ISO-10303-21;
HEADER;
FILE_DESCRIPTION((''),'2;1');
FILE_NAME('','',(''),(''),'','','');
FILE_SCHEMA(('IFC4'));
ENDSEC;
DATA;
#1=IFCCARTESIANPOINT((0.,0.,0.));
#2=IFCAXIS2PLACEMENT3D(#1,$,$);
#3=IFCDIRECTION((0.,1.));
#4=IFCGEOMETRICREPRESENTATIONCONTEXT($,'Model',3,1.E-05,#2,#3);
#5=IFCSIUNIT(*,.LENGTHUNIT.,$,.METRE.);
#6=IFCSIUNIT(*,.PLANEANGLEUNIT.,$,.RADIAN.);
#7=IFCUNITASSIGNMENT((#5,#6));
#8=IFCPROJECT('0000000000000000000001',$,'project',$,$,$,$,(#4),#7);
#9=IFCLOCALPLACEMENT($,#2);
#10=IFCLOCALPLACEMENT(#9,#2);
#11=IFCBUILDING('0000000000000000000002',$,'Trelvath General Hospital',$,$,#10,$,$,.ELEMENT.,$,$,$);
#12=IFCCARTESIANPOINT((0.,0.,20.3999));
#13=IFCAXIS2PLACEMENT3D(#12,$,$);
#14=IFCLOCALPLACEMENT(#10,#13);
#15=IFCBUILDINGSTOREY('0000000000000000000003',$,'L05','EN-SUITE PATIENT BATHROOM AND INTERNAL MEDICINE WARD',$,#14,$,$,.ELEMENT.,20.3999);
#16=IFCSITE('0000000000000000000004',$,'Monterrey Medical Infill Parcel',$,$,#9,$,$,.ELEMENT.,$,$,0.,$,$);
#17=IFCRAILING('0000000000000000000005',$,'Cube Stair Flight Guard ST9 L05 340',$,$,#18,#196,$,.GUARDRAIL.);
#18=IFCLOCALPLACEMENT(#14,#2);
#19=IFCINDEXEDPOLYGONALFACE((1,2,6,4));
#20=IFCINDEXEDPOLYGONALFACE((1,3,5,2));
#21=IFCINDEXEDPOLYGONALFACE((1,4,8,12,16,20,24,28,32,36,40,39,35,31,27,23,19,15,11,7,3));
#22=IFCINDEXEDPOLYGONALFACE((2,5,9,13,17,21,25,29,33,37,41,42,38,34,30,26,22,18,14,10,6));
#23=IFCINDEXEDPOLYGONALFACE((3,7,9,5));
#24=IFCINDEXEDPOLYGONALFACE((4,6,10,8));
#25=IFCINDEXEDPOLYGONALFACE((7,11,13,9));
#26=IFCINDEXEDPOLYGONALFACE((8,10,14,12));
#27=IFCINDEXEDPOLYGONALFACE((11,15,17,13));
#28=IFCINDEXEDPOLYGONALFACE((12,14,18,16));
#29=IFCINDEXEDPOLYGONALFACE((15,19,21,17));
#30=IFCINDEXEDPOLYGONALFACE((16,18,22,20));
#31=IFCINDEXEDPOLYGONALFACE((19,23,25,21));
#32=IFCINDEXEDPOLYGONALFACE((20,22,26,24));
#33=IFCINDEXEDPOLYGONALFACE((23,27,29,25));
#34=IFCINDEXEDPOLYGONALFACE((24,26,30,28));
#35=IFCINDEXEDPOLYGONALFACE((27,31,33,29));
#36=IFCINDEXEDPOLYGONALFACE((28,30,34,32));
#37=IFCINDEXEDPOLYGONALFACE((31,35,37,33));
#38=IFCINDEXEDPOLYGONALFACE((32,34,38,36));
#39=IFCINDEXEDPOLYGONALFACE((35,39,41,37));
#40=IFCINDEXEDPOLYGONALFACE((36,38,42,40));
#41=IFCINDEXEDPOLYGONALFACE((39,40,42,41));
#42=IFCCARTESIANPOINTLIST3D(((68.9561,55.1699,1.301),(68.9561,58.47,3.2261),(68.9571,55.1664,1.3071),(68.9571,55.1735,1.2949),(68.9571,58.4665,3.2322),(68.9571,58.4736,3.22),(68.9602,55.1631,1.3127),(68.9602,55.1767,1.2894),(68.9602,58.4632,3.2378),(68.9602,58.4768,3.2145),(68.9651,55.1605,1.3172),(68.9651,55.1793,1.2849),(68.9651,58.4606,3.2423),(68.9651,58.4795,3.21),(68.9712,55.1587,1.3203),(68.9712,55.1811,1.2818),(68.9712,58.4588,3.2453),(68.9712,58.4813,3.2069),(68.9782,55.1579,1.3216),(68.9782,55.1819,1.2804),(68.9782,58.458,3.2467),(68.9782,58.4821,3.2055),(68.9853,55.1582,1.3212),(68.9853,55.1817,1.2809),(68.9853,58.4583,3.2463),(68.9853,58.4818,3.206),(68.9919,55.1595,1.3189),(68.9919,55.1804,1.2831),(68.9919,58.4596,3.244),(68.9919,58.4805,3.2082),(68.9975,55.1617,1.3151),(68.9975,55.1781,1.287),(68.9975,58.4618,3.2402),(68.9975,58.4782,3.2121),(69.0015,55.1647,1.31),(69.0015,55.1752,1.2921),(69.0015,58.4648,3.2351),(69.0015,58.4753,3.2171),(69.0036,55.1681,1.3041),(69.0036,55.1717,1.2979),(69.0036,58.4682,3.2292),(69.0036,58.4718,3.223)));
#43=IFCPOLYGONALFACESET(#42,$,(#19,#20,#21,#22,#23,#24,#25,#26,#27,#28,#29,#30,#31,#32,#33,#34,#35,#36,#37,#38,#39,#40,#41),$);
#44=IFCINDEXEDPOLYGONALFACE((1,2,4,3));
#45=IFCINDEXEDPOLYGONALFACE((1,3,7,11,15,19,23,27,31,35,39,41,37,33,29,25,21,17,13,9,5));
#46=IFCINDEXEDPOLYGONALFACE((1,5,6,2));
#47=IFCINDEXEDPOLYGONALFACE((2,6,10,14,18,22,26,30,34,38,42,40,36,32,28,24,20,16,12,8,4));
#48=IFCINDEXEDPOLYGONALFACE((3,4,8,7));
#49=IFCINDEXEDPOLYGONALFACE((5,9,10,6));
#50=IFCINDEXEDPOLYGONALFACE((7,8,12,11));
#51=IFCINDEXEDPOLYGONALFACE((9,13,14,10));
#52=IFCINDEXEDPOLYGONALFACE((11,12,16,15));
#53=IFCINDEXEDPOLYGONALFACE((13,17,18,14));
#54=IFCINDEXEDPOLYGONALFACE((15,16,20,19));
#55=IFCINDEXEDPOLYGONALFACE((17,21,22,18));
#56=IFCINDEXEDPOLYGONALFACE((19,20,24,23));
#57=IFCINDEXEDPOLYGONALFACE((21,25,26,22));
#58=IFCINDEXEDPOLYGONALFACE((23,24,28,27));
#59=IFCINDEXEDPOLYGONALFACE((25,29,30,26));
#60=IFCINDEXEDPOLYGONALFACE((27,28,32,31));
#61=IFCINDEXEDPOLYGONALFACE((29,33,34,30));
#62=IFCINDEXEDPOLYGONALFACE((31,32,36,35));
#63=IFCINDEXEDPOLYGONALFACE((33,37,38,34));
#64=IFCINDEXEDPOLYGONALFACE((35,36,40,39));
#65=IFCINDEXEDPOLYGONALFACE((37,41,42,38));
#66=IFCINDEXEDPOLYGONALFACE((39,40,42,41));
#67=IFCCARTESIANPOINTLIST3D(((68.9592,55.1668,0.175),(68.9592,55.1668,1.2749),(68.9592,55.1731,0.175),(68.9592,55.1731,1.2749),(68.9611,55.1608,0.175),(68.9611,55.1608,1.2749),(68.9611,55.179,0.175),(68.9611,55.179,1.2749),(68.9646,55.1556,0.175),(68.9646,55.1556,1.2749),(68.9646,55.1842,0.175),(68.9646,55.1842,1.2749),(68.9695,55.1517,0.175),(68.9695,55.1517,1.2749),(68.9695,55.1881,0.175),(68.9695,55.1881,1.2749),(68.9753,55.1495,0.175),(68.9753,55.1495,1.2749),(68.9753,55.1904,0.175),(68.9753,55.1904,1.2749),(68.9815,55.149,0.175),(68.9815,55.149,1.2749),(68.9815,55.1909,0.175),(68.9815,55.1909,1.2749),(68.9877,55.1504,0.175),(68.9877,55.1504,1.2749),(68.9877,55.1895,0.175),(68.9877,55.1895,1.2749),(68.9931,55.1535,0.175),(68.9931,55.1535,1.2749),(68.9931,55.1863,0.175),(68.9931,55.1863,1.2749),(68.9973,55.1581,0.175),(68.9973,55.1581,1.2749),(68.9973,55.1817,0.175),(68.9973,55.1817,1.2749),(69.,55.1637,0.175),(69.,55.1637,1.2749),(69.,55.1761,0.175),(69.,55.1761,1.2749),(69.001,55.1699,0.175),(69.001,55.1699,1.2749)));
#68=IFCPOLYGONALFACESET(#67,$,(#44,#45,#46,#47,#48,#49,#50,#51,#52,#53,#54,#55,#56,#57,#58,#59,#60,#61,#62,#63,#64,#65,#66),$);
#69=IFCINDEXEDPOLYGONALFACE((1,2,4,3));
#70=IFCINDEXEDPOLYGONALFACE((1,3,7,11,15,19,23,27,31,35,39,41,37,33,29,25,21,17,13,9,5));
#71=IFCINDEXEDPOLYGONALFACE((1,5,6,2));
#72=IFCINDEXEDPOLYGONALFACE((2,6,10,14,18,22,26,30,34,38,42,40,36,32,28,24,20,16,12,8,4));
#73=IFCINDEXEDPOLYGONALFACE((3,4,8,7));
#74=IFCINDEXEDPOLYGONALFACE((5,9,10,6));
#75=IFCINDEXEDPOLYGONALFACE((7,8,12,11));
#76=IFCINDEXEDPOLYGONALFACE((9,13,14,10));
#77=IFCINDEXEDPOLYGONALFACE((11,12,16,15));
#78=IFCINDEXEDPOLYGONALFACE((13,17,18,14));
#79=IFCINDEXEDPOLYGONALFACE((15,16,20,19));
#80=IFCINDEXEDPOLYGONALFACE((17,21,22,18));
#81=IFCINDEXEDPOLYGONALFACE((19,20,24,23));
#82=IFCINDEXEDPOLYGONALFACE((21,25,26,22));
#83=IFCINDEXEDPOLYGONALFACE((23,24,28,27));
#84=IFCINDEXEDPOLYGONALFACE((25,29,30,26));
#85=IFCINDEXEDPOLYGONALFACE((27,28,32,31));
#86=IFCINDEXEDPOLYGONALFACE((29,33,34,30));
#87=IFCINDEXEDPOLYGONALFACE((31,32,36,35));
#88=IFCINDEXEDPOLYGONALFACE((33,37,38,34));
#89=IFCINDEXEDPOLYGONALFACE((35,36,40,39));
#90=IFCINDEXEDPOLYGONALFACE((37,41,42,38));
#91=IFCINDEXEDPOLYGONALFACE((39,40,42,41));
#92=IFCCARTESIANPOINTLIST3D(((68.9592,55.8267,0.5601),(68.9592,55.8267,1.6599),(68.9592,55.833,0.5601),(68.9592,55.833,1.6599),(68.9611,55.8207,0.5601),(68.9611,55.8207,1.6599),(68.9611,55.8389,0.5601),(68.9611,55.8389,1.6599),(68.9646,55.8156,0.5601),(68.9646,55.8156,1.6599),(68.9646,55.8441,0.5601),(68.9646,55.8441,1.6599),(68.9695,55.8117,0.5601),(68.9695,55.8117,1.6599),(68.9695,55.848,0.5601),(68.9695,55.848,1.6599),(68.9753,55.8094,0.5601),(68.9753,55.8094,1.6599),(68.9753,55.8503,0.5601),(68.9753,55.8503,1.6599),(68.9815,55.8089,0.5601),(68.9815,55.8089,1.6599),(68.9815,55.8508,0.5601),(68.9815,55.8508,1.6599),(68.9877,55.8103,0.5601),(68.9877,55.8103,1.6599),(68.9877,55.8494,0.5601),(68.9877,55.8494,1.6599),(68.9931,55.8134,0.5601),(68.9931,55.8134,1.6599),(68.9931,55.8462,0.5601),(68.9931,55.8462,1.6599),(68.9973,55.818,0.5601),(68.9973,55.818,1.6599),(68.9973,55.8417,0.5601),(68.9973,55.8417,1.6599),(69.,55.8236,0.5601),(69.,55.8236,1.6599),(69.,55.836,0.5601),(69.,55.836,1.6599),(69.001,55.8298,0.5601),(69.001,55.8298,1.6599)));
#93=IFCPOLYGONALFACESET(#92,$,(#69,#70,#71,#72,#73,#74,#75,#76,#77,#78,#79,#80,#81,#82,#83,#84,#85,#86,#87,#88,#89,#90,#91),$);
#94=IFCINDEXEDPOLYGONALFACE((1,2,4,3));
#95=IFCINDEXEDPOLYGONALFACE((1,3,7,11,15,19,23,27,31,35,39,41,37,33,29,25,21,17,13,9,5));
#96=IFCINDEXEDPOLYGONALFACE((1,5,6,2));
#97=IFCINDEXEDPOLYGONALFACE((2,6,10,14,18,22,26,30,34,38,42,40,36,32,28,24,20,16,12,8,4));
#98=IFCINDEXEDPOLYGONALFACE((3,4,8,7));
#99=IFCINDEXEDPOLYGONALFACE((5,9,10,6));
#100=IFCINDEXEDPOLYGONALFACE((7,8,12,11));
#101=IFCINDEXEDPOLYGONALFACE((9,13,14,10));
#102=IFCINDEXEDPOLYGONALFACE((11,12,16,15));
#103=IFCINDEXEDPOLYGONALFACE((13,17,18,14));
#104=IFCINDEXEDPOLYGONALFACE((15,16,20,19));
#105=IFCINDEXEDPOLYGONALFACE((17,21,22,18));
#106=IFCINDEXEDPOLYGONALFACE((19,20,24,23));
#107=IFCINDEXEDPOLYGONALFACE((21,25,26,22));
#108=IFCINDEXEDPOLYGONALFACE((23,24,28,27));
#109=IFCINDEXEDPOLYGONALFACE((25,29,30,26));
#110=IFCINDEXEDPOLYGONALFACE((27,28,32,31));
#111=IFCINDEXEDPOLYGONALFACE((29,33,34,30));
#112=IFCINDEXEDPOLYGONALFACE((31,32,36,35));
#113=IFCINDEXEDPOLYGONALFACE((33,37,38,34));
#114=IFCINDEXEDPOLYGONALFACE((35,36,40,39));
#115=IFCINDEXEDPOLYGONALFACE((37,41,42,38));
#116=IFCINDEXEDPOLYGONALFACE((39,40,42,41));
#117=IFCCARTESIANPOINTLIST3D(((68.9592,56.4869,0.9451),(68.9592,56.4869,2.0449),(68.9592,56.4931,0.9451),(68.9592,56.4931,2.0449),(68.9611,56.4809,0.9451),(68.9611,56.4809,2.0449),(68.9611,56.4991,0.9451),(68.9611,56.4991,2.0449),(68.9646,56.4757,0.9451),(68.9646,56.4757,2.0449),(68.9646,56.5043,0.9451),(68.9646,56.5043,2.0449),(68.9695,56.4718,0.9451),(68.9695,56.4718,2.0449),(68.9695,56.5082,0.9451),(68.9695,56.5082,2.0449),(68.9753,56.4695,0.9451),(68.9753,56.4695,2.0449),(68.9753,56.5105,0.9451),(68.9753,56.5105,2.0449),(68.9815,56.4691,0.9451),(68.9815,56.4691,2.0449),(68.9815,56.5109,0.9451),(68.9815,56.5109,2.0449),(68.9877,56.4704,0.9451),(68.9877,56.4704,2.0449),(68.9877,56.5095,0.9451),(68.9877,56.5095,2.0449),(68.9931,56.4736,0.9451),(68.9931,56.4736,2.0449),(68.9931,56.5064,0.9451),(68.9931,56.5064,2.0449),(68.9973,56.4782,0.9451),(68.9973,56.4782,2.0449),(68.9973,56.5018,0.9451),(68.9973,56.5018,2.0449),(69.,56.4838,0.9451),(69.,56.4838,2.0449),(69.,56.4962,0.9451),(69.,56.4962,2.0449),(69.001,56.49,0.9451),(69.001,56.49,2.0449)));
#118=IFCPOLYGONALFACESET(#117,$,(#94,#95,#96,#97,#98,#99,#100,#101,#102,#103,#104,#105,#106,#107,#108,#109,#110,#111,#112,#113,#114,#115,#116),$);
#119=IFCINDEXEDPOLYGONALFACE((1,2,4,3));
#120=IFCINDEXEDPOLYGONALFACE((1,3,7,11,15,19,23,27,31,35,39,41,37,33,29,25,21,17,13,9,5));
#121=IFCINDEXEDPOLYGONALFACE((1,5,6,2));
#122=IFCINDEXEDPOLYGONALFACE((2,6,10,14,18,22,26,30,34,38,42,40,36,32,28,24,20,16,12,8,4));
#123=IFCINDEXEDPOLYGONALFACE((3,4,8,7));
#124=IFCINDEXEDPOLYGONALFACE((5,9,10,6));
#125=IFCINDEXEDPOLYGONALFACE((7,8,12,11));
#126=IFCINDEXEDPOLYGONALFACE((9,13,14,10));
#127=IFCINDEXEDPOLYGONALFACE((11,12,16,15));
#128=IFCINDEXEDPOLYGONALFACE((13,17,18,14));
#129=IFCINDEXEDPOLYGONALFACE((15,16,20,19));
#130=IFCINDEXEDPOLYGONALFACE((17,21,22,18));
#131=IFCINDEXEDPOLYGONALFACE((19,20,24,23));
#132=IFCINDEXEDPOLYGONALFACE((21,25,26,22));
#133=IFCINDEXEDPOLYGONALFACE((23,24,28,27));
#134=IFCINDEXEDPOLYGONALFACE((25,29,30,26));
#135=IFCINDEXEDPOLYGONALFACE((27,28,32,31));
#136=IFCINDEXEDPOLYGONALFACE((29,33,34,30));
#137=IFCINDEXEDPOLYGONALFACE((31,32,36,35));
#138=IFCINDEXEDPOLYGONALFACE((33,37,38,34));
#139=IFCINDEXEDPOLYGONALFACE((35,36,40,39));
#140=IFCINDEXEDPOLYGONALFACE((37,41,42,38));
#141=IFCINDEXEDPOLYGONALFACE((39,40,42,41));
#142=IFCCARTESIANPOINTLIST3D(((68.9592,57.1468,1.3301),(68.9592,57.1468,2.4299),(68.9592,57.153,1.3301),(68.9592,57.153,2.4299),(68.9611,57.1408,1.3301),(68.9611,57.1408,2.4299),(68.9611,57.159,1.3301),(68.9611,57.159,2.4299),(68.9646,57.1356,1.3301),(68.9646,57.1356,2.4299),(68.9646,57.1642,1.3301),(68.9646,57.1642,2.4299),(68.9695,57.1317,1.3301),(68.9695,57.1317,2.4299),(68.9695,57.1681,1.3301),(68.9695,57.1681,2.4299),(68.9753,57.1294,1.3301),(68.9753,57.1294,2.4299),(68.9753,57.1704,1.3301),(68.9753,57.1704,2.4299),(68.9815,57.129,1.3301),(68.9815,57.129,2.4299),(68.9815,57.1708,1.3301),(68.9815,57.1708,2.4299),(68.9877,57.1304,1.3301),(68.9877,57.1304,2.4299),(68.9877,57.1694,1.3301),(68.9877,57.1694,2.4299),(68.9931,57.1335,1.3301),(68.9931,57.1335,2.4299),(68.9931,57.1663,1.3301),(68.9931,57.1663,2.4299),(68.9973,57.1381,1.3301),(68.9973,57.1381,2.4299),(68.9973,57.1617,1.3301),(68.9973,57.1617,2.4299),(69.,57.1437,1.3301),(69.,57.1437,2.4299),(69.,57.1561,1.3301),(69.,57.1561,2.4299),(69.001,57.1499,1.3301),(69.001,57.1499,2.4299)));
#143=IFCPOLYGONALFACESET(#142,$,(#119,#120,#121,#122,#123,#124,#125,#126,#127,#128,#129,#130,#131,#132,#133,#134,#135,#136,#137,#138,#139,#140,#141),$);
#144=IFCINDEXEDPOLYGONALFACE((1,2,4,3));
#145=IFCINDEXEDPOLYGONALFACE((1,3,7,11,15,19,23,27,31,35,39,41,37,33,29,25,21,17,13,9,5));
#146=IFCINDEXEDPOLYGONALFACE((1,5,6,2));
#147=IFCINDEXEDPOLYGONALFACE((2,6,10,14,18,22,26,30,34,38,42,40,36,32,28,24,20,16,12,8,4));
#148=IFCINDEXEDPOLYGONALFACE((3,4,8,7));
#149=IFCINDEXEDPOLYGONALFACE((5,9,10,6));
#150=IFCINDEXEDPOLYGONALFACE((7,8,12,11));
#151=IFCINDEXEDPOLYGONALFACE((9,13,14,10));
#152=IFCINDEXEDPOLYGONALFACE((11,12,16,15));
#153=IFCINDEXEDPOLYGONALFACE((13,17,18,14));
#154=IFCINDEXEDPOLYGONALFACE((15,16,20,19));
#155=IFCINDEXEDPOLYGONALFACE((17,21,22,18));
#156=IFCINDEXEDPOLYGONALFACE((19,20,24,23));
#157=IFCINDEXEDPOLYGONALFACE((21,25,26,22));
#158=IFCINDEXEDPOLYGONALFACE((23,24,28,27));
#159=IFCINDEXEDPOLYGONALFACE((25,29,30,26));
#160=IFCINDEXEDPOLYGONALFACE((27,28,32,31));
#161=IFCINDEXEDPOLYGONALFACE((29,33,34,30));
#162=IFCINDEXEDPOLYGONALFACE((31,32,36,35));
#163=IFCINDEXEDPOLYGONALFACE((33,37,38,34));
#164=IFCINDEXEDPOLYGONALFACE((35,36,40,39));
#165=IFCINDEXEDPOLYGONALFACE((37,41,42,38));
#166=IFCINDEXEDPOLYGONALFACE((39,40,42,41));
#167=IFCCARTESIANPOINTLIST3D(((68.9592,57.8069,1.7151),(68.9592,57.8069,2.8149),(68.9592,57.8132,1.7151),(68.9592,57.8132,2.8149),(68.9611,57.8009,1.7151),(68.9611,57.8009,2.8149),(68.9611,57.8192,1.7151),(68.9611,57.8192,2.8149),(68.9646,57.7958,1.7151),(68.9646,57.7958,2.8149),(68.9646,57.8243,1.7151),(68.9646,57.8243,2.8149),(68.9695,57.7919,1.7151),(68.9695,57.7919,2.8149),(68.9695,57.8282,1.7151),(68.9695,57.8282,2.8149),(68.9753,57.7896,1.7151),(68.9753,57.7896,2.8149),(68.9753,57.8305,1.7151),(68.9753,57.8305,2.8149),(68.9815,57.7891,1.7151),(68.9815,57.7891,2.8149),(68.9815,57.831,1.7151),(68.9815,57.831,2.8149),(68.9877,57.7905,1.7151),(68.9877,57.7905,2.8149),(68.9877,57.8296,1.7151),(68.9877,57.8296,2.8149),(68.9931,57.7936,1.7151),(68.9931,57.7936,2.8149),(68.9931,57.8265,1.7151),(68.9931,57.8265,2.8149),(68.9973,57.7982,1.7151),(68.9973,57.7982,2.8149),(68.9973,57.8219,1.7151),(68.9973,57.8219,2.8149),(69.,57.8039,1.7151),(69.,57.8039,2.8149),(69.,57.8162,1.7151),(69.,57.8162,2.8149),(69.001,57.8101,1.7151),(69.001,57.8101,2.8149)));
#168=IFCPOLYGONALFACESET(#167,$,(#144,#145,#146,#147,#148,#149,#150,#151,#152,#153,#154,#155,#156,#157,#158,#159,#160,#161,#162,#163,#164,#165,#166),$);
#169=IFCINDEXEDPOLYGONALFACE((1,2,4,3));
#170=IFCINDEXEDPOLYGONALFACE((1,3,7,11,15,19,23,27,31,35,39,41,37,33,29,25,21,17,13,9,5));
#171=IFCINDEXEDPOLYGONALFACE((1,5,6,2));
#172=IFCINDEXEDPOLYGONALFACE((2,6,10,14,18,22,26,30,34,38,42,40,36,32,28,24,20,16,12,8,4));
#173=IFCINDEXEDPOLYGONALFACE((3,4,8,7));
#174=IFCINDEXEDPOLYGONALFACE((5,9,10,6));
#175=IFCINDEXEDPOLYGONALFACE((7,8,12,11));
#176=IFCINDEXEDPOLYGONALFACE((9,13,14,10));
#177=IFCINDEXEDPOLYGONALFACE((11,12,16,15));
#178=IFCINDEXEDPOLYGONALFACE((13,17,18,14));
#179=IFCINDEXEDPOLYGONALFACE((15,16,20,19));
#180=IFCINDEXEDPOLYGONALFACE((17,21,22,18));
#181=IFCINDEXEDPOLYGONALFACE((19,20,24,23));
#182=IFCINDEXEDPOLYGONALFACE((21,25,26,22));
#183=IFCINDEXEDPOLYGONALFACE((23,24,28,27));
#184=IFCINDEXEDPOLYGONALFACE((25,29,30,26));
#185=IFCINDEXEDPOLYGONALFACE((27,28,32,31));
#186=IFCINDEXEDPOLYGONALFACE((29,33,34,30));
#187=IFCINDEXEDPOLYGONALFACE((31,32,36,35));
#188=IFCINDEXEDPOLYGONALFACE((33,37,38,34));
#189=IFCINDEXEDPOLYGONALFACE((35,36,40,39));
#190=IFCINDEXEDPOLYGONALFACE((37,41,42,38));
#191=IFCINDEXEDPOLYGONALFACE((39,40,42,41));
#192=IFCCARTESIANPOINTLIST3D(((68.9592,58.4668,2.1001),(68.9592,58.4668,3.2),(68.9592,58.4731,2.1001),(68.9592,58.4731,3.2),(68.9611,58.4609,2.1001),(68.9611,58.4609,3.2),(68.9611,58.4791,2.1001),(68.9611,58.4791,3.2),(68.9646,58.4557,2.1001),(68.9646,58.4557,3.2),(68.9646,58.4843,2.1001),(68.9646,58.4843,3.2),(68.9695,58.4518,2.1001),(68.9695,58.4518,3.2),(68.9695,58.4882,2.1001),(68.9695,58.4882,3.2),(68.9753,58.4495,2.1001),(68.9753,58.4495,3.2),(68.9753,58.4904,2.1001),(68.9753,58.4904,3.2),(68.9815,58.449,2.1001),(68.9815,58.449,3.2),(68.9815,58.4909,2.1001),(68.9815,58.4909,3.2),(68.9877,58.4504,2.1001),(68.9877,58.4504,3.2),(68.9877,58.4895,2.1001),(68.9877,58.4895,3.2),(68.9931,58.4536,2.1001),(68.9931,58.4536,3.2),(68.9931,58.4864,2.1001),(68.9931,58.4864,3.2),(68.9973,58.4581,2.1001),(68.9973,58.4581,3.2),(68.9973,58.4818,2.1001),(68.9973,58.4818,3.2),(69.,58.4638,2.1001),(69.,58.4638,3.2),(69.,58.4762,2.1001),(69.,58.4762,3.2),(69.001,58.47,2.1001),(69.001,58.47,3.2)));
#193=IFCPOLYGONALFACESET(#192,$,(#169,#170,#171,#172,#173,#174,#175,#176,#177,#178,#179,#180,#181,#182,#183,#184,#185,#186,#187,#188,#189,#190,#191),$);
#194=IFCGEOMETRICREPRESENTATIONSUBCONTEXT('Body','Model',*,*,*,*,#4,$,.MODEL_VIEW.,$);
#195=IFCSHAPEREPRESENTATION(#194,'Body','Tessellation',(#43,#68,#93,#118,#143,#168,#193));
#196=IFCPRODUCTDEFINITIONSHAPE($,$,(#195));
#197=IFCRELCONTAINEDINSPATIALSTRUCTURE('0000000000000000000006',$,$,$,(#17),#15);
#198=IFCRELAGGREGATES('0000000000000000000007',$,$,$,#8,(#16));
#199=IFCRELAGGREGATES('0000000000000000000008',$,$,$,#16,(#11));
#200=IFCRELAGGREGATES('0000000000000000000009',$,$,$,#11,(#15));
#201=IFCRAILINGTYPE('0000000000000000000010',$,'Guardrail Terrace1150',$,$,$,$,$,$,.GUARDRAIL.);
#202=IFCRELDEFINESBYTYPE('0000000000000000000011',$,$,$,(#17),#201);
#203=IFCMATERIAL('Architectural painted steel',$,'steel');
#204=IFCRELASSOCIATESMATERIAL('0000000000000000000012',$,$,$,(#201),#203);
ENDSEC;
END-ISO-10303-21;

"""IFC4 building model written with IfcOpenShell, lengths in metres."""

from ifc_helpers import new_model, si_unit, direction, frame, origin, origin_2d, place, context, subcontext, project, spatial, circle, extrude, material, type_object, element, save


model = new_model("IFC4")

# Units and contexts
model_context = context("Model", 3, precision=1e-05, world=origin(), true_north=direction((0.0, 1.0)))
body_context = subcontext(model_context, "Body", "Model", "MODEL_VIEW")
ifc_project = project(units=[si_unit("LENGTHUNIT", "METRE"), si_unit("PLANEANGLEUNIT", "RADIAN")], contexts=[model_context])

# Site, building, storey
site_placement = place(None, origin())
site = spatial("IfcSite", under=ifc_project, at=site_placement, Name="Monterrey Medical Infill Parcel", CompositionType="ELEMENT", RefElevation=0.0)
building_placement = place(site_placement, origin())
building = spatial("IfcBuilding", under=site, at=building_placement, Name="Trelvath General Hospital", CompositionType="ELEMENT")
storey_placement = place(building_placement, frame((0.0, 0.0, 20.3999)))
storey = spatial("IfcBuildingStorey", under=building, at=storey_placement, Name="L05", Description="EN-SUITE PATIENT BATHROOM AND INTERNAL MEDICINE WARD", CompositionType="ELEMENT", Elevation=20.3999)

# Railing
ifc_material_1 = material(Name="Architectural painted steel", Category="steel")
railing_type_1 = type_object("IfcRailingType", Name="Guardrail Terrace1150", PredefinedType="GUARDRAIL", material=ifc_material_1)
for number, where, name in (
    (1, (68.98, 55.1699, 0.175), "Cube Stair Flight Guard ST9 L05 340"),
):
    element("IfcRailing", number, at=place(storey_placement, frame(where)), inside=storey, type_object=railing_type_1, Name=name, PredefinedType="GUARDRAIL", context=body_context, shape_type="SweptSolid", body=[
        extrude(circle(Radius=0.0239, at=origin_2d()), frame((0.0, 0.0, 1.126), z_axis=(0.0, 0.863777, 0.503875), x_axis=(-1.0, 0.0, 0.0)), (0.0, 0.0, 1.0), 3.8206),
        extrude(circle(Radius=0.021, at=origin_2d()), origin(), (0.0, 0.0, 1.0), 1.0999),
        extrude(circle(Radius=0.021, at=origin_2d()), frame((0.0, 0.6599, 0.385)), (0.0, 0.0, 1.0), 1.0999),
        extrude(circle(Radius=0.021, at=origin_2d()), frame((0.0, 1.3201, 0.77)), (0.0, 0.0, 1.0), 1.0999),
        extrude(circle(Radius=0.021, at=origin_2d()), frame((0.0, 1.98, 1.155)), (0.0, 0.0, 1.0), 1.0999),
        extrude(circle(Radius=0.021, at=origin_2d()), frame((0.0, 2.6401, 1.54)), (0.0, 0.0, 1.0), 1.0999),
        extrude(circle(Radius=0.021, at=origin_2d()), frame((0.0, 3.3, 1.925)), (0.0, 0.0, 1.0), 1.0999),
    ])

save(model, "model.ifc")
